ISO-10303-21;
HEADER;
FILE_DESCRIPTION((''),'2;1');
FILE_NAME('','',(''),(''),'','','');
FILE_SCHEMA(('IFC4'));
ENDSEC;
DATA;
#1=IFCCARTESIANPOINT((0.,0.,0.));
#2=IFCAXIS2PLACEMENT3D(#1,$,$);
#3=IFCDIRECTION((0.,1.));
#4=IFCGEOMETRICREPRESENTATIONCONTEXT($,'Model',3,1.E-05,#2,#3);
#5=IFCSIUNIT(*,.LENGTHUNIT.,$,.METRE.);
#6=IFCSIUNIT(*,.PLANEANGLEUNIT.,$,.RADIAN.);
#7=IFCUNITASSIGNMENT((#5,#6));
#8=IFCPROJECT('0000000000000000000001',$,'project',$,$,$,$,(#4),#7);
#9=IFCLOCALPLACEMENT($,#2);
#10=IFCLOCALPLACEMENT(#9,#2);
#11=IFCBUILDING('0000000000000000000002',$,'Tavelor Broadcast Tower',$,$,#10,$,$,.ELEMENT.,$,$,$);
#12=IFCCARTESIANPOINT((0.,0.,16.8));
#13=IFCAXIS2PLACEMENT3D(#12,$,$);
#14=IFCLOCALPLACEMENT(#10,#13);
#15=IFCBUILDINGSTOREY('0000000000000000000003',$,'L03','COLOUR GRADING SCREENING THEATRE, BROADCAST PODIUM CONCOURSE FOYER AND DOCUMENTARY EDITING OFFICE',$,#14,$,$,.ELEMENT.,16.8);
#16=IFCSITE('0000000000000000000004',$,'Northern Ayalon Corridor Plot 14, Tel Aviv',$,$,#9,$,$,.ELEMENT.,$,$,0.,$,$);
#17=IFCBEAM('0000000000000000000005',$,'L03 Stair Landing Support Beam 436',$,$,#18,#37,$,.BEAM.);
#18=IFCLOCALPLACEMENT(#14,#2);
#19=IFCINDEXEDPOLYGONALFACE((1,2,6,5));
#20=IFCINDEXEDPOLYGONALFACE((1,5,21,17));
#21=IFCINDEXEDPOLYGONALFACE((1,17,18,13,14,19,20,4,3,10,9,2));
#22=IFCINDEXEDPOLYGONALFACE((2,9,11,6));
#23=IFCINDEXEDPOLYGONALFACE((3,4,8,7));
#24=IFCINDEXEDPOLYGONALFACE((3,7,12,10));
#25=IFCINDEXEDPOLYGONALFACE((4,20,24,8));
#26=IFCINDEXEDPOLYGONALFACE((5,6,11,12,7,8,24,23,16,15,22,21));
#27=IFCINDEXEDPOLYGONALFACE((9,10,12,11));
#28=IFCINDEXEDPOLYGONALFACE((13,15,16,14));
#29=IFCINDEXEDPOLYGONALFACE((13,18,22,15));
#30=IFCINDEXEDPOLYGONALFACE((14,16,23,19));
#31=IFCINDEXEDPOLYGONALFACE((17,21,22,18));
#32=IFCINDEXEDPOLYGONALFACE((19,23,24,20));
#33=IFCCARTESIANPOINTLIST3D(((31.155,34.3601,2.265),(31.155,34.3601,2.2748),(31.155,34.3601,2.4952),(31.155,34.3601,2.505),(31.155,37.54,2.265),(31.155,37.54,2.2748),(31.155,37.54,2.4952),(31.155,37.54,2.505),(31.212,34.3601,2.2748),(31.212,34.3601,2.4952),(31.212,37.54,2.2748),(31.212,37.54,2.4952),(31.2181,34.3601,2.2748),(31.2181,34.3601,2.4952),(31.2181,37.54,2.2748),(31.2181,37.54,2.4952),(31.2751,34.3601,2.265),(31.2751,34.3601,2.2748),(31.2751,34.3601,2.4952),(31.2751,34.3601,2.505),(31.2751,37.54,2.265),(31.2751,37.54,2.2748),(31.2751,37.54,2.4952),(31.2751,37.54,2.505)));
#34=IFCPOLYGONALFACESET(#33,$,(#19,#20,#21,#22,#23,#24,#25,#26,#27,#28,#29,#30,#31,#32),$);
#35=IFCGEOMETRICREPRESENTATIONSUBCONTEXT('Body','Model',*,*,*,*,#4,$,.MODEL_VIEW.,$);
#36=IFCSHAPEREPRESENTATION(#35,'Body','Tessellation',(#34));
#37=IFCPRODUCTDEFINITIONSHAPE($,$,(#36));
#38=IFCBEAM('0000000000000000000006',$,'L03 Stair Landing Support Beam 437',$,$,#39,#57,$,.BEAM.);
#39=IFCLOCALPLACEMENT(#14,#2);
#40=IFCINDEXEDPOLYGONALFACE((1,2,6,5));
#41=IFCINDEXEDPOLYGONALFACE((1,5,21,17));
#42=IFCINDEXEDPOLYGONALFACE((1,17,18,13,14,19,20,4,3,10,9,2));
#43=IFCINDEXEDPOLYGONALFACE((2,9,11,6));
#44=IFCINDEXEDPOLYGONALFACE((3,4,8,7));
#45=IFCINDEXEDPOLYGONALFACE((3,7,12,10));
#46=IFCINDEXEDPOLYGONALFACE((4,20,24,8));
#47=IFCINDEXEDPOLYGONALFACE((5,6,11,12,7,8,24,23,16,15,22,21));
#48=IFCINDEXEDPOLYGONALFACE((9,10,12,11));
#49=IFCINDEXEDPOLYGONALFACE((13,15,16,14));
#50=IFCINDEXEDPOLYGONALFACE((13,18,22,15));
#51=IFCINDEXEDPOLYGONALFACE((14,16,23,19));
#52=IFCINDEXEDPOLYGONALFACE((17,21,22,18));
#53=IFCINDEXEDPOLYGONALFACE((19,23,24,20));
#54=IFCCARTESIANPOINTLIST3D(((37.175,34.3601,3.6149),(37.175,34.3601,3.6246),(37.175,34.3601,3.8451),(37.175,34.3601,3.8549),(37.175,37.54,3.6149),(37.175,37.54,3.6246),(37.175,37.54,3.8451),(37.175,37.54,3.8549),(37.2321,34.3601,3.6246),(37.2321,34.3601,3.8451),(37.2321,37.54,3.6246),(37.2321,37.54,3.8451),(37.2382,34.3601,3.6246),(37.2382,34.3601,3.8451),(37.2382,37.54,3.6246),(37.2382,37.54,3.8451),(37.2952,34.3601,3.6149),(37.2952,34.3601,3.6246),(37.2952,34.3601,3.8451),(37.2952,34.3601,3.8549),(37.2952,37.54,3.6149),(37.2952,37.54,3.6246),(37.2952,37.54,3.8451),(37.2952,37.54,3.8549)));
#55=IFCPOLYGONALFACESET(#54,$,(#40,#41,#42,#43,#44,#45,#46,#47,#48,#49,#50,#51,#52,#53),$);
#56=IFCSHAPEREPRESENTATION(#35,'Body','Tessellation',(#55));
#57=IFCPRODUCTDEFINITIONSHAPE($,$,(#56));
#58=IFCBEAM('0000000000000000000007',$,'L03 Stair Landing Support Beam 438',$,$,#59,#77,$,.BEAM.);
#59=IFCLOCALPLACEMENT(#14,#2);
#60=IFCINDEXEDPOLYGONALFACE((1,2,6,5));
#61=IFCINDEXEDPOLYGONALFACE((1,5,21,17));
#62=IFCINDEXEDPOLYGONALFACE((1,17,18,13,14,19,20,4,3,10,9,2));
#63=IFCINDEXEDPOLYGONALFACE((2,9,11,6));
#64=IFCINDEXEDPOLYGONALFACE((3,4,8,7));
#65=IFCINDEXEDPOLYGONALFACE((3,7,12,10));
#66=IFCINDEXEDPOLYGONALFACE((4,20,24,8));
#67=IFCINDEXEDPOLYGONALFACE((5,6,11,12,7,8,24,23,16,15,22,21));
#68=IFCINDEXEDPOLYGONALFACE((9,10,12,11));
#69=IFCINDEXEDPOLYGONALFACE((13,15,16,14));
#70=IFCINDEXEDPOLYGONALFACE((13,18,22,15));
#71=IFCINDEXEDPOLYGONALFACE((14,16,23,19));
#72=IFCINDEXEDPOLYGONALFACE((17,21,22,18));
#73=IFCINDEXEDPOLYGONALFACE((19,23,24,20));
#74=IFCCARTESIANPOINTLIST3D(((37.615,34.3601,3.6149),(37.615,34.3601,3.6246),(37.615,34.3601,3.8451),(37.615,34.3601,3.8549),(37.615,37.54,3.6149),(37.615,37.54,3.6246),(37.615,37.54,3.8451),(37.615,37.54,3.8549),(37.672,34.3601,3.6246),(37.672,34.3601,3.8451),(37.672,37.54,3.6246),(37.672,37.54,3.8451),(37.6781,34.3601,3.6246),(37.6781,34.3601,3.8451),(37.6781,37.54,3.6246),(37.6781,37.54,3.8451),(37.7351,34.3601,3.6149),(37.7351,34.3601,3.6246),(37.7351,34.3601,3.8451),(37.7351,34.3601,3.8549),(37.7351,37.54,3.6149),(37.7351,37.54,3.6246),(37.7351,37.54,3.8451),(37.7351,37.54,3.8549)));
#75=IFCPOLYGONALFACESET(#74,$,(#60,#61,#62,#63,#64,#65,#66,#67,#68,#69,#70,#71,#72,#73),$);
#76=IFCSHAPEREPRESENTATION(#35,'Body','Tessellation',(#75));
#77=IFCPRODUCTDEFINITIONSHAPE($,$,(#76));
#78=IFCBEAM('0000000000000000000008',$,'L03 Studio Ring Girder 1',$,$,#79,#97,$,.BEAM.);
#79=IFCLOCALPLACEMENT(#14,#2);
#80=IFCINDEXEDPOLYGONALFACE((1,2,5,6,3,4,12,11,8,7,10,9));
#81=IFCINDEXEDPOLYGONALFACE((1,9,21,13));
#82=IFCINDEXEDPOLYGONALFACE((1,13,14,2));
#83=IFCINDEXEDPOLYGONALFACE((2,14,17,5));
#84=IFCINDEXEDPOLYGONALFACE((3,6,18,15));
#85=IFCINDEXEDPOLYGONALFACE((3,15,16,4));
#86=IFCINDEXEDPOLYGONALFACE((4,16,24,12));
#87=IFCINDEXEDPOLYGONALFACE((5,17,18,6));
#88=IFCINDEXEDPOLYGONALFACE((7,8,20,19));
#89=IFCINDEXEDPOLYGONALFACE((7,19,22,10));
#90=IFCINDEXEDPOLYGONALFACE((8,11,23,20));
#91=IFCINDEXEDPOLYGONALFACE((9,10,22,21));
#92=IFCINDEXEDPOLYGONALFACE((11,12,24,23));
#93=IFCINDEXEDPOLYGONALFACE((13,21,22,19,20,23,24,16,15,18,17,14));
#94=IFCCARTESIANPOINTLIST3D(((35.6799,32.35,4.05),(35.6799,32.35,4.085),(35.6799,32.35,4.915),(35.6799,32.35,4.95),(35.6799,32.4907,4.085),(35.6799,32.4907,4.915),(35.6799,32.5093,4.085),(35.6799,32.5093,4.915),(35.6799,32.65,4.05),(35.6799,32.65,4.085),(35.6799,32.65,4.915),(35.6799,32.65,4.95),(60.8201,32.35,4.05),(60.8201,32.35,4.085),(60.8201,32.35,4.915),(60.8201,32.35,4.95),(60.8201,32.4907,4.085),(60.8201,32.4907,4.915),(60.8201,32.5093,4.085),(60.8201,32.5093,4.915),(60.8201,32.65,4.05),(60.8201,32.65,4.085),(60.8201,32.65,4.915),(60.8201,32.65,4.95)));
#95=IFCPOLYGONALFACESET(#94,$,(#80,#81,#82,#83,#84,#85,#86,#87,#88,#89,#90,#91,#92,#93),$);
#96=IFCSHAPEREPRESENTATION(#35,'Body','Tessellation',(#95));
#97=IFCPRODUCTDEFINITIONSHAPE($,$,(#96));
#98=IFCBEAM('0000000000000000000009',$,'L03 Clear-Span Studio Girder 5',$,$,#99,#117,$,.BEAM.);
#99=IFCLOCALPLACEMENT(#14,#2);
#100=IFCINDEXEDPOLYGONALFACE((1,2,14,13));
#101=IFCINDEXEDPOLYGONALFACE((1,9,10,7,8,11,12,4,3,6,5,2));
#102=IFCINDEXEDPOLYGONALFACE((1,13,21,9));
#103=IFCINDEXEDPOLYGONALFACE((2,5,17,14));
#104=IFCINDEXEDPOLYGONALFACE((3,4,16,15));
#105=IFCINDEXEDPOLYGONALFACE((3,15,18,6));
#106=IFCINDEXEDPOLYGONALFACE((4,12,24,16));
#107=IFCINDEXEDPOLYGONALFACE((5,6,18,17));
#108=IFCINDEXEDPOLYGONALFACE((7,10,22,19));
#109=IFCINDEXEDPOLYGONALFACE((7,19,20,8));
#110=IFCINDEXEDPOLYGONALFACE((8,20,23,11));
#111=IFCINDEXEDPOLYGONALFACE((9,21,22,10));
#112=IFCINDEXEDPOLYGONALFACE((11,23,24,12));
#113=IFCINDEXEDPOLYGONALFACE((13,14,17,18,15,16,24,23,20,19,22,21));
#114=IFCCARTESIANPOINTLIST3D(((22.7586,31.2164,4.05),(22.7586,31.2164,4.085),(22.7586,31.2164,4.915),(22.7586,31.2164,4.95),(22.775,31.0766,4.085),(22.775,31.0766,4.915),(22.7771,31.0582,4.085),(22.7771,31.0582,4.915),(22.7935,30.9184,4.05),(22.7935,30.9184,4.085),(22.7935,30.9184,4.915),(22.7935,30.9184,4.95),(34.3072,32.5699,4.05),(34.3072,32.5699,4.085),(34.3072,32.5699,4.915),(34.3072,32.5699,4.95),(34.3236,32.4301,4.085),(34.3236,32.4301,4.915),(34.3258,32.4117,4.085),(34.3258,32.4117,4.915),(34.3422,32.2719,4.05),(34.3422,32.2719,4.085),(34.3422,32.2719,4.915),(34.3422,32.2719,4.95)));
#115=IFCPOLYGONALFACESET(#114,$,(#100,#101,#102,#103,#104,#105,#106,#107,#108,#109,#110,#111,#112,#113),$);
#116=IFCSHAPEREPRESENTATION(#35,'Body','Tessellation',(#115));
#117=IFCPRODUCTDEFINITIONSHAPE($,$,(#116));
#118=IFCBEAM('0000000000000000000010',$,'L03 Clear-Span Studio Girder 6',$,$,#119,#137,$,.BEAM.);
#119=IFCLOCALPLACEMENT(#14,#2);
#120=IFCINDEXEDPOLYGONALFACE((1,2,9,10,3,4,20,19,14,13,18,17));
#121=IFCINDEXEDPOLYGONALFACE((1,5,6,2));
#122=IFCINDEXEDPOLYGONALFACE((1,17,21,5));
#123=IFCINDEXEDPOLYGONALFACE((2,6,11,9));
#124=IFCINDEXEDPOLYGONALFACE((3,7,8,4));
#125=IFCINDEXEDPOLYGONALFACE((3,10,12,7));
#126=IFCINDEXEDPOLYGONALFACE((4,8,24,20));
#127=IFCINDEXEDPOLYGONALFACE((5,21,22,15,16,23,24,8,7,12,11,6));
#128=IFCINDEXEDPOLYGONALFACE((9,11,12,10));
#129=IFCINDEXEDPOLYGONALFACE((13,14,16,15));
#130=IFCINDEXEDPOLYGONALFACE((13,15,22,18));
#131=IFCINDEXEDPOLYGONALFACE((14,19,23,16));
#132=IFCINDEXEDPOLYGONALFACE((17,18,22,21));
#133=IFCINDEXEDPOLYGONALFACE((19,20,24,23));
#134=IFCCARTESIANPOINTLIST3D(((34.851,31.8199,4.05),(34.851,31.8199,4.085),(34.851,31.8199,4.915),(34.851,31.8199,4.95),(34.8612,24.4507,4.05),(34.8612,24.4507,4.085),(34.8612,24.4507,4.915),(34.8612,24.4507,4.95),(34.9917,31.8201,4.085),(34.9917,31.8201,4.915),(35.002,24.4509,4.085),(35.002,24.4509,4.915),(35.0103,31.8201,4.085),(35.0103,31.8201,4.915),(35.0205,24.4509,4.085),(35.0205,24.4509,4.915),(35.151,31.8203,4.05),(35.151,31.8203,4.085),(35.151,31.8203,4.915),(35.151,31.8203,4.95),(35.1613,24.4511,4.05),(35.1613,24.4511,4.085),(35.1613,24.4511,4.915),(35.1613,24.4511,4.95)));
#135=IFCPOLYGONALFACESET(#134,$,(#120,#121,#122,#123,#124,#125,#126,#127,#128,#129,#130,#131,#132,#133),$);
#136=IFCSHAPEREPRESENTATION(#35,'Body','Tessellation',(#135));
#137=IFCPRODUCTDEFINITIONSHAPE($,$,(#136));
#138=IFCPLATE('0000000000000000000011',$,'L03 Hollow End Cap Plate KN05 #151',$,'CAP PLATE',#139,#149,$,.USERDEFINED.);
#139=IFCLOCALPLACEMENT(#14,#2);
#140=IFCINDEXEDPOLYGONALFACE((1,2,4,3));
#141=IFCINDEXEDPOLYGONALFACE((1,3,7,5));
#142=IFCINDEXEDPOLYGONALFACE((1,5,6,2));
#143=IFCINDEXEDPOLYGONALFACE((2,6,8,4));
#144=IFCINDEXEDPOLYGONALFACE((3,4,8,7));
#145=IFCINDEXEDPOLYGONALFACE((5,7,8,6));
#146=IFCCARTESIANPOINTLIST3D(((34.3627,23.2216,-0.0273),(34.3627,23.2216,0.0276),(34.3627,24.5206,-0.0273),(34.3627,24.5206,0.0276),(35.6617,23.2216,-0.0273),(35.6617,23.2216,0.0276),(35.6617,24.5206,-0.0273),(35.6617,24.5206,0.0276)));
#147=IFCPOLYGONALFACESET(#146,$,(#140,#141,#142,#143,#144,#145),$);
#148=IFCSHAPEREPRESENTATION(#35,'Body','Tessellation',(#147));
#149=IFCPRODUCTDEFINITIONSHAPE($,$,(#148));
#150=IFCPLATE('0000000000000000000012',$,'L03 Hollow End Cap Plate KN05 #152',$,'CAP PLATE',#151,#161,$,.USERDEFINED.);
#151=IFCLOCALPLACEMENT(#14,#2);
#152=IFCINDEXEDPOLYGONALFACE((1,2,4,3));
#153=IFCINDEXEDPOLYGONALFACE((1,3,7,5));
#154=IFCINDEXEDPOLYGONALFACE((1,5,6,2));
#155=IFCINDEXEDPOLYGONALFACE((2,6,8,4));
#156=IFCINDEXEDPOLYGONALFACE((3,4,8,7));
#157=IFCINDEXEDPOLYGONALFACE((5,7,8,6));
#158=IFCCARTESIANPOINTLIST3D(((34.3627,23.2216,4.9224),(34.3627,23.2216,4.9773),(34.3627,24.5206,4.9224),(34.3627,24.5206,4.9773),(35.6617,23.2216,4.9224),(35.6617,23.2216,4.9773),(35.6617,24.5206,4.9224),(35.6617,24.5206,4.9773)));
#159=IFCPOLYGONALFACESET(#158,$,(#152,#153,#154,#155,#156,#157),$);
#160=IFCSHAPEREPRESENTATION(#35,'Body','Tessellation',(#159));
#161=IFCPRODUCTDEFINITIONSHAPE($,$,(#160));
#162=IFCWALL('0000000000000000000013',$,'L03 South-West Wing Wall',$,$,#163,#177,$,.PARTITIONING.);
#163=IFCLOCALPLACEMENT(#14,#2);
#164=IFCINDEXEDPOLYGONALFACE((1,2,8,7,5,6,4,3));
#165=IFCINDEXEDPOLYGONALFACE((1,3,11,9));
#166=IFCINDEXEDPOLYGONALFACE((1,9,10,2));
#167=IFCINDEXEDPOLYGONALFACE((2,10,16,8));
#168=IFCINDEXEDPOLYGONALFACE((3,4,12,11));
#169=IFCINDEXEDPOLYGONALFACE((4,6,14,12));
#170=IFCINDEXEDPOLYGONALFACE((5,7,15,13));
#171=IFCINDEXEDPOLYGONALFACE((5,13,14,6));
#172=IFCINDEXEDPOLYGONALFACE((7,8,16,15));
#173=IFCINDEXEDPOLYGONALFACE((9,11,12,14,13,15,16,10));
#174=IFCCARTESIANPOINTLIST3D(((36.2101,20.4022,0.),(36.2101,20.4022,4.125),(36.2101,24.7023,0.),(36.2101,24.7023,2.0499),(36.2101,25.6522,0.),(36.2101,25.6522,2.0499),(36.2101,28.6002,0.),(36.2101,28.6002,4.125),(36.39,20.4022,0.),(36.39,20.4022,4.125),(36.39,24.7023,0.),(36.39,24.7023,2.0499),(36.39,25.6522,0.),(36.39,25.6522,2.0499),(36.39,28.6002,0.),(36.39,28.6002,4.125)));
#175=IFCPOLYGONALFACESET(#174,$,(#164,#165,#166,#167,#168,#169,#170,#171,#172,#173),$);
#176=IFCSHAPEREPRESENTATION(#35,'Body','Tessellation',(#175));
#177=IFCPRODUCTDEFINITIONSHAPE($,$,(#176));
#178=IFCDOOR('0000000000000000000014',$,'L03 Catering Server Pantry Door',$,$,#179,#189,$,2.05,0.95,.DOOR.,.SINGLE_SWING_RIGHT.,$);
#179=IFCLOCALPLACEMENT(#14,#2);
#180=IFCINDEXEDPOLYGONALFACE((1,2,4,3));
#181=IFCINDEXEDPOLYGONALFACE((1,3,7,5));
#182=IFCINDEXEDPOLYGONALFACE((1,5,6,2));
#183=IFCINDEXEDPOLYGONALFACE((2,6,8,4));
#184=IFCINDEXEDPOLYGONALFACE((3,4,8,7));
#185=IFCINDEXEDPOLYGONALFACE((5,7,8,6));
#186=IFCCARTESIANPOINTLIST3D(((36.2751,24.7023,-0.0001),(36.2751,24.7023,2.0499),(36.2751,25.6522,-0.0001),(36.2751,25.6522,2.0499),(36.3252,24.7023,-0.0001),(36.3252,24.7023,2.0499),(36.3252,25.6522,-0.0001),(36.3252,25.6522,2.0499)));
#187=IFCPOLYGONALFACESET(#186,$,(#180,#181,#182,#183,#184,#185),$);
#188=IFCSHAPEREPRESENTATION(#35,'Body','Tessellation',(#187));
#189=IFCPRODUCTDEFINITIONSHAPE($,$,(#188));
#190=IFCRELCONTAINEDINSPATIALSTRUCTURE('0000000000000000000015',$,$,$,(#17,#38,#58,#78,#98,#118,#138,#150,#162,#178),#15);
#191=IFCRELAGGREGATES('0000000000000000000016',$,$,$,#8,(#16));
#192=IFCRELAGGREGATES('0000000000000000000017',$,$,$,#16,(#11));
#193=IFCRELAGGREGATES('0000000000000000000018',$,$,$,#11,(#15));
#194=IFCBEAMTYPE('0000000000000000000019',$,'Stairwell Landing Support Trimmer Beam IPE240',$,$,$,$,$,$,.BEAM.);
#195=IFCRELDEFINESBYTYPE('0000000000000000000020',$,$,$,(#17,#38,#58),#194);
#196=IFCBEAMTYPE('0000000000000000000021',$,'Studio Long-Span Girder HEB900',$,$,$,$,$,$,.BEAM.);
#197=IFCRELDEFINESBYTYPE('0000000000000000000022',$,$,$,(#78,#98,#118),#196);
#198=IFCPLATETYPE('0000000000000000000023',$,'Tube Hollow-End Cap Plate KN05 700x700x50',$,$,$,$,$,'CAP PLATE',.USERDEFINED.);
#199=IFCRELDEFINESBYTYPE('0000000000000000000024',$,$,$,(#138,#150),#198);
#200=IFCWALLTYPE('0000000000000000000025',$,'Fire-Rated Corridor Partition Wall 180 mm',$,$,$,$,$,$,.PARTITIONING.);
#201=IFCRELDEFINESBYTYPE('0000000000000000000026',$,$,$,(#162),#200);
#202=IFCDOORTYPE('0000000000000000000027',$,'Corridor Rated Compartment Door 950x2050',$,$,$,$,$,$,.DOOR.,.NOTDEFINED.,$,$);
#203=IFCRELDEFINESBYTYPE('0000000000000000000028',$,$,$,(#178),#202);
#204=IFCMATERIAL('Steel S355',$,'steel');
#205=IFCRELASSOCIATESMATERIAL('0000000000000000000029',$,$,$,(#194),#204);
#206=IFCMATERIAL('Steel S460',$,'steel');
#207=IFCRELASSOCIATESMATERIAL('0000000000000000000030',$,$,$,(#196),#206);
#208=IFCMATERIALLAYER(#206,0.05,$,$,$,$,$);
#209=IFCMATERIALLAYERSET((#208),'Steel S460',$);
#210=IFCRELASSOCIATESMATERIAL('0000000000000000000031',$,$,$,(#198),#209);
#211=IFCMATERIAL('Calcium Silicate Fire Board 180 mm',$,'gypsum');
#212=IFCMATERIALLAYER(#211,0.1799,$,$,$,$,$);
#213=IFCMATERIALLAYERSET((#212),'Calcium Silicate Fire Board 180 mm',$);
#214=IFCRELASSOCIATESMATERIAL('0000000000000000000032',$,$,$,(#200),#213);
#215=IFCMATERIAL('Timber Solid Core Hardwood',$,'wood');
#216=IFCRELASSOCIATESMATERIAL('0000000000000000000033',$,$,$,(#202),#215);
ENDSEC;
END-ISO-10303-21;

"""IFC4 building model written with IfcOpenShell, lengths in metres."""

from ifc_helpers import new_model, si_unit, direction, frame, frame_2d, origin, origin_2d, place, context, subcontext, project, spatial, rectangle, i_section, extrude, source, transform, mapped, material, layer, layer_set, material_profile, profile_set, type_object, type_shapes, element, fill, save


model = new_model("IFC4")

# Units and contexts
model_context = context("Model", 3, precision=1e-05, world=origin(), true_north=direction((0.0, 1.0)))
body_context = subcontext(model_context, "Body", "Model", "MODEL_VIEW")
ifc_project = project(units=[si_unit("LENGTHUNIT", "METRE"), si_unit("PLANEANGLEUNIT", "RADIAN")], contexts=[model_context])

# Site, building, storey
site_placement = place(None, origin())
site = spatial("IfcSite", under=ifc_project, at=site_placement, Name="Northern Ayalon Corridor Plot 14, Tel Aviv", CompositionType="ELEMENT", RefElevation=0.0)
building_placement = place(site_placement, origin())
building = spatial("IfcBuilding", under=site, at=building_placement, Name="Tavelor Broadcast Tower", CompositionType="ELEMENT")
storey_placement = place(building_placement, frame((0.0, 0.0, 16.8)))
storey = spatial("IfcBuildingStorey", under=building, at=storey_placement, Name="L03", Description="COLOUR GRADING SCREENING THEATRE, BROADCAST PODIUM CONCOURSE FOYER AND DOCUMENTARY EDITING OFFICE", CompositionType="ELEMENT", Elevation=16.8)

# Shared definitions
ifc_material_1 = material(Name="Steel S460", Category="steel")

# Beams
ifc_material_2 = material(Name="Steel S355", Category="steel")
ifc_material_profile_1 = material_profile(ifc_material_2, i_section(OverallWidth=0.1201, OverallDepth=0.24, WebThickness=0.0061, FlangeThickness=0.0098, at=origin_2d()), Name="IPE 240")
ifc_profile_set_1 = profile_set([ifc_material_profile_1], Name="Steel S355")
beam_type_1 = type_object("IfcBeamType", Name="Stairwell Landing Support Trimmer Beam IPE240", PredefinedType="BEAM", material=ifc_profile_set_1)
for number, where, z_axis, x_axis, name in (
    (1, (31.2151, 34.3601, 2.385), (0.0, 1.0, 0.0), (-1.0, 0.0, 0.0), "L03 Stair Landing Support Beam 436"),
    (2, (37.2351, 34.3601, 3.7349), (0.0, 1.0, 0.0), (-1.0, 0.0, 0.0), "L03 Stair Landing Support Beam 437"),
    (3, (37.675, 34.3601, 3.7349), (0.0, 1.0, 0.0), (-1.0, 0.0, 0.0), "L03 Stair Landing Support Beam 438"),
):
    element("IfcBeam", number, at=place(storey_placement, frame(where, z_axis=z_axis, x_axis=x_axis)), inside=storey, type_object=beam_type_1, Name=name, PredefinedType="BEAM", context=body_context, shape_type="SweptSolid", body=[
        extrude(i_section(OverallWidth=0.1201, OverallDepth=0.24, WebThickness=0.0061, FlangeThickness=0.0098, at=origin_2d()), origin(), (0.0, 0.0, 1.0), 3.1799),
    ])
ifc_material_profile_2 = material_profile(ifc_material_1, i_section(OverallWidth=0.3, OverallDepth=0.8999, WebThickness=0.0186, FlangeThickness=0.0349, at=origin_2d()), Name="HEB 900")
ifc_profile_set_2 = profile_set([ifc_material_profile_2], Name="Steel S460")
beam_type_2 = type_object("IfcBeamType", Name="Studio Long-Span Girder HEB900", PredefinedType="BEAM", material=ifc_profile_set_2)
beam_1_placement = place(storey_placement, frame((35.6799, 32.5, 4.5), z_axis=(1.0, 0.0, 0.0), x_axis=(0.0, 1.0, 0.0)))
element("IfcBeam", 4, at=beam_1_placement, inside=storey, type_object=beam_type_2, Name="L03 Studio Ring Girder 1", PredefinedType="BEAM", context=body_context, shape_type="SweptSolid", body=[
    extrude(i_section(OverallWidth=0.3, OverallDepth=0.8999, WebThickness=0.0186, FlangeThickness=0.0349, at=origin_2d()), origin(), (0.0, 0.0, 1.0), 25.1401),
])
beam_2_placement = place(storey_placement, frame((34.3247, 32.4209, 4.5), z_axis=(-0.993202, -0.116405, 0.0), x_axis=(0.116405, -0.993202, 0.0)))
element("IfcBeam", 5, at=beam_2_placement, inside=storey, type_object=beam_type_2, Name="L03 Clear-Span Studio Girder 5", PredefinedType="BEAM", context=body_context, shape_type="SweptSolid", body=[
    extrude(i_section(OverallWidth=0.3, OverallDepth=0.8999, WebThickness=0.0186, FlangeThickness=0.0349, at=origin_2d()), origin(), (0.0, 0.0, 1.0), 11.6277),
])
beam_3_placement = place(storey_placement, frame((35.001, 31.8201, 4.5), z_axis=(0.001391, -0.999999, 0.0), x_axis=(0.999999, 0.001391, 0.0)))
element("IfcBeam", 6, at=beam_3_placement, inside=storey, type_object=beam_type_2, Name="L03 Clear-Span Studio Girder 6", PredefinedType="BEAM", context=body_context, shape_type="SweptSolid", body=[
    extrude(i_section(OverallWidth=0.3, OverallDepth=0.8999, WebThickness=0.0186, FlangeThickness=0.0349, at=origin_2d()), origin(), (0.0, 0.0, 1.0), 7.3691),
])

# Plates
ifc_layer_1 = layer(ifc_material_1, 0.05)
ifc_layer_set_1 = layer_set([ifc_layer_1], Name="Steel S460")
plate_type = type_object("IfcPlateType", Name="Tube Hollow-End Cap Plate KN05 700x700x50", ElementType="CAP PLATE", PredefinedType="USERDEFINED", material=ifc_layer_set_1)
shared_shape = source(origin(), body_context, "Body", "SweptSolid", [
    extrude(rectangle(XDim=1.2991, YDim=1.2991, at=origin_2d()), origin(), (0.0, 0.0, 1.0), 0.0549),
])
type_shapes(plate_type, [shared_shape])
for number, where, z_axis, x_axis, name in (
    (7, (35.0122, 23.8711, -0.0273), (0.0, 0.0, 1.0), (1.0, 0.0, 0.0), "L03 Hollow End Cap Plate KN05 #151"),
    (8, (35.0122, 23.8711, 4.9224), (0.0, 0.0, 1.0), (1.0, 0.0, 0.0), "L03 Hollow End Cap Plate KN05 #152"),
):
    element("IfcPlate", number, at=place(storey_placement, frame(where, z_axis=z_axis, x_axis=x_axis)), inside=storey, type_object=plate_type, Name=name, ObjectType="CAP PLATE", PredefinedType="USERDEFINED", context=body_context, shape_type="MappedRepresentation", body=[
        mapped(shared_shape, transform((0.0, 0.0, 0.0), scale=1.0)),
    ])

# Wall, opening, door
ifc_material_3 = material(Name="Calcium Silicate Fire Board 180 mm", Category="gypsum")
ifc_layer_2 = layer(ifc_material_3, 0.1799)
ifc_layer_set_2 = layer_set([ifc_layer_2], Name="Calcium Silicate Fire Board 180 mm")
wall_type_1 = type_object("IfcWallType", Name="Fire-Rated Corridor Partition Wall 180 mm", PredefinedType="PARTITIONING", material=ifc_layer_set_2)
wall_1_placement = place(storey_placement, frame((36.3, 20.4021, 0.0), z_axis=(0.0, 0.0, 1.0), x_axis=(0.0, 1.0, 0.0)))
wall_1 = element("IfcWall", 9, at=wall_1_placement, inside=storey, type_object=wall_type_1, Name="L03 South-West Wing Wall", PredefinedType="PARTITIONING", context=body_context, shape_type="SweptSolid", body=[
    extrude(rectangle(XDim=8.198, YDim=0.1799, at=frame_2d((4.0991, 0.0))), origin(), (0.0, 0.0, 1.0), 4.125),
])
opening_1_placement = place(wall_1_placement, frame((4.3, 0.0, 0.0)))
opening_1 = element("IfcOpeningElement", 10, at=opening_1_placement, cuts=wall_1, PredefinedType="OPENING", context=body_context, shape_type="SweptSolid", body=[
    extrude(rectangle(XDim=0.95, YDim=2.05, at=frame_2d((0.4751, 1.0249))), frame((0.0, 0.1001, 0.0), z_axis=(0.0, -1.0, 0.0), x_axis=(1.0, 0.0, 0.0)), (0.0, 0.0, 1.0), 0.2),
])
ifc_material_4 = material(Name="Timber Solid Core Hardwood", Category="wood")
door_type_1 = type_object("IfcDoorType", Name="Corridor Rated Compartment Door 950x2050", OperationType="NOTDEFINED", PredefinedType="DOOR", material=ifc_material_4)
door_1_placement = place(opening_1_placement, origin())
door_1 = element("IfcDoor", 11, at=door_1_placement, inside=storey, type_object=door_type_1, Name="L03 Catering Server Pantry Door", OperationType="SINGLE_SWING_RIGHT", OverallHeight=2.05, OverallWidth=0.95, PredefinedType="DOOR", context=body_context, shape_type="SweptSolid", body=[
    extrude(rectangle(XDim=0.95, YDim=2.05, at=frame_2d((0.4751, 1.0249))), frame((0.0, 0.0249, 0.0), z_axis=(0.0, -1.0, 0.0), x_axis=(1.0, 0.0, 0.0)), (0.0, 0.0, 1.0), 0.05),
])
fill(opening_1, door_1)

save(model, "model.ifc")
